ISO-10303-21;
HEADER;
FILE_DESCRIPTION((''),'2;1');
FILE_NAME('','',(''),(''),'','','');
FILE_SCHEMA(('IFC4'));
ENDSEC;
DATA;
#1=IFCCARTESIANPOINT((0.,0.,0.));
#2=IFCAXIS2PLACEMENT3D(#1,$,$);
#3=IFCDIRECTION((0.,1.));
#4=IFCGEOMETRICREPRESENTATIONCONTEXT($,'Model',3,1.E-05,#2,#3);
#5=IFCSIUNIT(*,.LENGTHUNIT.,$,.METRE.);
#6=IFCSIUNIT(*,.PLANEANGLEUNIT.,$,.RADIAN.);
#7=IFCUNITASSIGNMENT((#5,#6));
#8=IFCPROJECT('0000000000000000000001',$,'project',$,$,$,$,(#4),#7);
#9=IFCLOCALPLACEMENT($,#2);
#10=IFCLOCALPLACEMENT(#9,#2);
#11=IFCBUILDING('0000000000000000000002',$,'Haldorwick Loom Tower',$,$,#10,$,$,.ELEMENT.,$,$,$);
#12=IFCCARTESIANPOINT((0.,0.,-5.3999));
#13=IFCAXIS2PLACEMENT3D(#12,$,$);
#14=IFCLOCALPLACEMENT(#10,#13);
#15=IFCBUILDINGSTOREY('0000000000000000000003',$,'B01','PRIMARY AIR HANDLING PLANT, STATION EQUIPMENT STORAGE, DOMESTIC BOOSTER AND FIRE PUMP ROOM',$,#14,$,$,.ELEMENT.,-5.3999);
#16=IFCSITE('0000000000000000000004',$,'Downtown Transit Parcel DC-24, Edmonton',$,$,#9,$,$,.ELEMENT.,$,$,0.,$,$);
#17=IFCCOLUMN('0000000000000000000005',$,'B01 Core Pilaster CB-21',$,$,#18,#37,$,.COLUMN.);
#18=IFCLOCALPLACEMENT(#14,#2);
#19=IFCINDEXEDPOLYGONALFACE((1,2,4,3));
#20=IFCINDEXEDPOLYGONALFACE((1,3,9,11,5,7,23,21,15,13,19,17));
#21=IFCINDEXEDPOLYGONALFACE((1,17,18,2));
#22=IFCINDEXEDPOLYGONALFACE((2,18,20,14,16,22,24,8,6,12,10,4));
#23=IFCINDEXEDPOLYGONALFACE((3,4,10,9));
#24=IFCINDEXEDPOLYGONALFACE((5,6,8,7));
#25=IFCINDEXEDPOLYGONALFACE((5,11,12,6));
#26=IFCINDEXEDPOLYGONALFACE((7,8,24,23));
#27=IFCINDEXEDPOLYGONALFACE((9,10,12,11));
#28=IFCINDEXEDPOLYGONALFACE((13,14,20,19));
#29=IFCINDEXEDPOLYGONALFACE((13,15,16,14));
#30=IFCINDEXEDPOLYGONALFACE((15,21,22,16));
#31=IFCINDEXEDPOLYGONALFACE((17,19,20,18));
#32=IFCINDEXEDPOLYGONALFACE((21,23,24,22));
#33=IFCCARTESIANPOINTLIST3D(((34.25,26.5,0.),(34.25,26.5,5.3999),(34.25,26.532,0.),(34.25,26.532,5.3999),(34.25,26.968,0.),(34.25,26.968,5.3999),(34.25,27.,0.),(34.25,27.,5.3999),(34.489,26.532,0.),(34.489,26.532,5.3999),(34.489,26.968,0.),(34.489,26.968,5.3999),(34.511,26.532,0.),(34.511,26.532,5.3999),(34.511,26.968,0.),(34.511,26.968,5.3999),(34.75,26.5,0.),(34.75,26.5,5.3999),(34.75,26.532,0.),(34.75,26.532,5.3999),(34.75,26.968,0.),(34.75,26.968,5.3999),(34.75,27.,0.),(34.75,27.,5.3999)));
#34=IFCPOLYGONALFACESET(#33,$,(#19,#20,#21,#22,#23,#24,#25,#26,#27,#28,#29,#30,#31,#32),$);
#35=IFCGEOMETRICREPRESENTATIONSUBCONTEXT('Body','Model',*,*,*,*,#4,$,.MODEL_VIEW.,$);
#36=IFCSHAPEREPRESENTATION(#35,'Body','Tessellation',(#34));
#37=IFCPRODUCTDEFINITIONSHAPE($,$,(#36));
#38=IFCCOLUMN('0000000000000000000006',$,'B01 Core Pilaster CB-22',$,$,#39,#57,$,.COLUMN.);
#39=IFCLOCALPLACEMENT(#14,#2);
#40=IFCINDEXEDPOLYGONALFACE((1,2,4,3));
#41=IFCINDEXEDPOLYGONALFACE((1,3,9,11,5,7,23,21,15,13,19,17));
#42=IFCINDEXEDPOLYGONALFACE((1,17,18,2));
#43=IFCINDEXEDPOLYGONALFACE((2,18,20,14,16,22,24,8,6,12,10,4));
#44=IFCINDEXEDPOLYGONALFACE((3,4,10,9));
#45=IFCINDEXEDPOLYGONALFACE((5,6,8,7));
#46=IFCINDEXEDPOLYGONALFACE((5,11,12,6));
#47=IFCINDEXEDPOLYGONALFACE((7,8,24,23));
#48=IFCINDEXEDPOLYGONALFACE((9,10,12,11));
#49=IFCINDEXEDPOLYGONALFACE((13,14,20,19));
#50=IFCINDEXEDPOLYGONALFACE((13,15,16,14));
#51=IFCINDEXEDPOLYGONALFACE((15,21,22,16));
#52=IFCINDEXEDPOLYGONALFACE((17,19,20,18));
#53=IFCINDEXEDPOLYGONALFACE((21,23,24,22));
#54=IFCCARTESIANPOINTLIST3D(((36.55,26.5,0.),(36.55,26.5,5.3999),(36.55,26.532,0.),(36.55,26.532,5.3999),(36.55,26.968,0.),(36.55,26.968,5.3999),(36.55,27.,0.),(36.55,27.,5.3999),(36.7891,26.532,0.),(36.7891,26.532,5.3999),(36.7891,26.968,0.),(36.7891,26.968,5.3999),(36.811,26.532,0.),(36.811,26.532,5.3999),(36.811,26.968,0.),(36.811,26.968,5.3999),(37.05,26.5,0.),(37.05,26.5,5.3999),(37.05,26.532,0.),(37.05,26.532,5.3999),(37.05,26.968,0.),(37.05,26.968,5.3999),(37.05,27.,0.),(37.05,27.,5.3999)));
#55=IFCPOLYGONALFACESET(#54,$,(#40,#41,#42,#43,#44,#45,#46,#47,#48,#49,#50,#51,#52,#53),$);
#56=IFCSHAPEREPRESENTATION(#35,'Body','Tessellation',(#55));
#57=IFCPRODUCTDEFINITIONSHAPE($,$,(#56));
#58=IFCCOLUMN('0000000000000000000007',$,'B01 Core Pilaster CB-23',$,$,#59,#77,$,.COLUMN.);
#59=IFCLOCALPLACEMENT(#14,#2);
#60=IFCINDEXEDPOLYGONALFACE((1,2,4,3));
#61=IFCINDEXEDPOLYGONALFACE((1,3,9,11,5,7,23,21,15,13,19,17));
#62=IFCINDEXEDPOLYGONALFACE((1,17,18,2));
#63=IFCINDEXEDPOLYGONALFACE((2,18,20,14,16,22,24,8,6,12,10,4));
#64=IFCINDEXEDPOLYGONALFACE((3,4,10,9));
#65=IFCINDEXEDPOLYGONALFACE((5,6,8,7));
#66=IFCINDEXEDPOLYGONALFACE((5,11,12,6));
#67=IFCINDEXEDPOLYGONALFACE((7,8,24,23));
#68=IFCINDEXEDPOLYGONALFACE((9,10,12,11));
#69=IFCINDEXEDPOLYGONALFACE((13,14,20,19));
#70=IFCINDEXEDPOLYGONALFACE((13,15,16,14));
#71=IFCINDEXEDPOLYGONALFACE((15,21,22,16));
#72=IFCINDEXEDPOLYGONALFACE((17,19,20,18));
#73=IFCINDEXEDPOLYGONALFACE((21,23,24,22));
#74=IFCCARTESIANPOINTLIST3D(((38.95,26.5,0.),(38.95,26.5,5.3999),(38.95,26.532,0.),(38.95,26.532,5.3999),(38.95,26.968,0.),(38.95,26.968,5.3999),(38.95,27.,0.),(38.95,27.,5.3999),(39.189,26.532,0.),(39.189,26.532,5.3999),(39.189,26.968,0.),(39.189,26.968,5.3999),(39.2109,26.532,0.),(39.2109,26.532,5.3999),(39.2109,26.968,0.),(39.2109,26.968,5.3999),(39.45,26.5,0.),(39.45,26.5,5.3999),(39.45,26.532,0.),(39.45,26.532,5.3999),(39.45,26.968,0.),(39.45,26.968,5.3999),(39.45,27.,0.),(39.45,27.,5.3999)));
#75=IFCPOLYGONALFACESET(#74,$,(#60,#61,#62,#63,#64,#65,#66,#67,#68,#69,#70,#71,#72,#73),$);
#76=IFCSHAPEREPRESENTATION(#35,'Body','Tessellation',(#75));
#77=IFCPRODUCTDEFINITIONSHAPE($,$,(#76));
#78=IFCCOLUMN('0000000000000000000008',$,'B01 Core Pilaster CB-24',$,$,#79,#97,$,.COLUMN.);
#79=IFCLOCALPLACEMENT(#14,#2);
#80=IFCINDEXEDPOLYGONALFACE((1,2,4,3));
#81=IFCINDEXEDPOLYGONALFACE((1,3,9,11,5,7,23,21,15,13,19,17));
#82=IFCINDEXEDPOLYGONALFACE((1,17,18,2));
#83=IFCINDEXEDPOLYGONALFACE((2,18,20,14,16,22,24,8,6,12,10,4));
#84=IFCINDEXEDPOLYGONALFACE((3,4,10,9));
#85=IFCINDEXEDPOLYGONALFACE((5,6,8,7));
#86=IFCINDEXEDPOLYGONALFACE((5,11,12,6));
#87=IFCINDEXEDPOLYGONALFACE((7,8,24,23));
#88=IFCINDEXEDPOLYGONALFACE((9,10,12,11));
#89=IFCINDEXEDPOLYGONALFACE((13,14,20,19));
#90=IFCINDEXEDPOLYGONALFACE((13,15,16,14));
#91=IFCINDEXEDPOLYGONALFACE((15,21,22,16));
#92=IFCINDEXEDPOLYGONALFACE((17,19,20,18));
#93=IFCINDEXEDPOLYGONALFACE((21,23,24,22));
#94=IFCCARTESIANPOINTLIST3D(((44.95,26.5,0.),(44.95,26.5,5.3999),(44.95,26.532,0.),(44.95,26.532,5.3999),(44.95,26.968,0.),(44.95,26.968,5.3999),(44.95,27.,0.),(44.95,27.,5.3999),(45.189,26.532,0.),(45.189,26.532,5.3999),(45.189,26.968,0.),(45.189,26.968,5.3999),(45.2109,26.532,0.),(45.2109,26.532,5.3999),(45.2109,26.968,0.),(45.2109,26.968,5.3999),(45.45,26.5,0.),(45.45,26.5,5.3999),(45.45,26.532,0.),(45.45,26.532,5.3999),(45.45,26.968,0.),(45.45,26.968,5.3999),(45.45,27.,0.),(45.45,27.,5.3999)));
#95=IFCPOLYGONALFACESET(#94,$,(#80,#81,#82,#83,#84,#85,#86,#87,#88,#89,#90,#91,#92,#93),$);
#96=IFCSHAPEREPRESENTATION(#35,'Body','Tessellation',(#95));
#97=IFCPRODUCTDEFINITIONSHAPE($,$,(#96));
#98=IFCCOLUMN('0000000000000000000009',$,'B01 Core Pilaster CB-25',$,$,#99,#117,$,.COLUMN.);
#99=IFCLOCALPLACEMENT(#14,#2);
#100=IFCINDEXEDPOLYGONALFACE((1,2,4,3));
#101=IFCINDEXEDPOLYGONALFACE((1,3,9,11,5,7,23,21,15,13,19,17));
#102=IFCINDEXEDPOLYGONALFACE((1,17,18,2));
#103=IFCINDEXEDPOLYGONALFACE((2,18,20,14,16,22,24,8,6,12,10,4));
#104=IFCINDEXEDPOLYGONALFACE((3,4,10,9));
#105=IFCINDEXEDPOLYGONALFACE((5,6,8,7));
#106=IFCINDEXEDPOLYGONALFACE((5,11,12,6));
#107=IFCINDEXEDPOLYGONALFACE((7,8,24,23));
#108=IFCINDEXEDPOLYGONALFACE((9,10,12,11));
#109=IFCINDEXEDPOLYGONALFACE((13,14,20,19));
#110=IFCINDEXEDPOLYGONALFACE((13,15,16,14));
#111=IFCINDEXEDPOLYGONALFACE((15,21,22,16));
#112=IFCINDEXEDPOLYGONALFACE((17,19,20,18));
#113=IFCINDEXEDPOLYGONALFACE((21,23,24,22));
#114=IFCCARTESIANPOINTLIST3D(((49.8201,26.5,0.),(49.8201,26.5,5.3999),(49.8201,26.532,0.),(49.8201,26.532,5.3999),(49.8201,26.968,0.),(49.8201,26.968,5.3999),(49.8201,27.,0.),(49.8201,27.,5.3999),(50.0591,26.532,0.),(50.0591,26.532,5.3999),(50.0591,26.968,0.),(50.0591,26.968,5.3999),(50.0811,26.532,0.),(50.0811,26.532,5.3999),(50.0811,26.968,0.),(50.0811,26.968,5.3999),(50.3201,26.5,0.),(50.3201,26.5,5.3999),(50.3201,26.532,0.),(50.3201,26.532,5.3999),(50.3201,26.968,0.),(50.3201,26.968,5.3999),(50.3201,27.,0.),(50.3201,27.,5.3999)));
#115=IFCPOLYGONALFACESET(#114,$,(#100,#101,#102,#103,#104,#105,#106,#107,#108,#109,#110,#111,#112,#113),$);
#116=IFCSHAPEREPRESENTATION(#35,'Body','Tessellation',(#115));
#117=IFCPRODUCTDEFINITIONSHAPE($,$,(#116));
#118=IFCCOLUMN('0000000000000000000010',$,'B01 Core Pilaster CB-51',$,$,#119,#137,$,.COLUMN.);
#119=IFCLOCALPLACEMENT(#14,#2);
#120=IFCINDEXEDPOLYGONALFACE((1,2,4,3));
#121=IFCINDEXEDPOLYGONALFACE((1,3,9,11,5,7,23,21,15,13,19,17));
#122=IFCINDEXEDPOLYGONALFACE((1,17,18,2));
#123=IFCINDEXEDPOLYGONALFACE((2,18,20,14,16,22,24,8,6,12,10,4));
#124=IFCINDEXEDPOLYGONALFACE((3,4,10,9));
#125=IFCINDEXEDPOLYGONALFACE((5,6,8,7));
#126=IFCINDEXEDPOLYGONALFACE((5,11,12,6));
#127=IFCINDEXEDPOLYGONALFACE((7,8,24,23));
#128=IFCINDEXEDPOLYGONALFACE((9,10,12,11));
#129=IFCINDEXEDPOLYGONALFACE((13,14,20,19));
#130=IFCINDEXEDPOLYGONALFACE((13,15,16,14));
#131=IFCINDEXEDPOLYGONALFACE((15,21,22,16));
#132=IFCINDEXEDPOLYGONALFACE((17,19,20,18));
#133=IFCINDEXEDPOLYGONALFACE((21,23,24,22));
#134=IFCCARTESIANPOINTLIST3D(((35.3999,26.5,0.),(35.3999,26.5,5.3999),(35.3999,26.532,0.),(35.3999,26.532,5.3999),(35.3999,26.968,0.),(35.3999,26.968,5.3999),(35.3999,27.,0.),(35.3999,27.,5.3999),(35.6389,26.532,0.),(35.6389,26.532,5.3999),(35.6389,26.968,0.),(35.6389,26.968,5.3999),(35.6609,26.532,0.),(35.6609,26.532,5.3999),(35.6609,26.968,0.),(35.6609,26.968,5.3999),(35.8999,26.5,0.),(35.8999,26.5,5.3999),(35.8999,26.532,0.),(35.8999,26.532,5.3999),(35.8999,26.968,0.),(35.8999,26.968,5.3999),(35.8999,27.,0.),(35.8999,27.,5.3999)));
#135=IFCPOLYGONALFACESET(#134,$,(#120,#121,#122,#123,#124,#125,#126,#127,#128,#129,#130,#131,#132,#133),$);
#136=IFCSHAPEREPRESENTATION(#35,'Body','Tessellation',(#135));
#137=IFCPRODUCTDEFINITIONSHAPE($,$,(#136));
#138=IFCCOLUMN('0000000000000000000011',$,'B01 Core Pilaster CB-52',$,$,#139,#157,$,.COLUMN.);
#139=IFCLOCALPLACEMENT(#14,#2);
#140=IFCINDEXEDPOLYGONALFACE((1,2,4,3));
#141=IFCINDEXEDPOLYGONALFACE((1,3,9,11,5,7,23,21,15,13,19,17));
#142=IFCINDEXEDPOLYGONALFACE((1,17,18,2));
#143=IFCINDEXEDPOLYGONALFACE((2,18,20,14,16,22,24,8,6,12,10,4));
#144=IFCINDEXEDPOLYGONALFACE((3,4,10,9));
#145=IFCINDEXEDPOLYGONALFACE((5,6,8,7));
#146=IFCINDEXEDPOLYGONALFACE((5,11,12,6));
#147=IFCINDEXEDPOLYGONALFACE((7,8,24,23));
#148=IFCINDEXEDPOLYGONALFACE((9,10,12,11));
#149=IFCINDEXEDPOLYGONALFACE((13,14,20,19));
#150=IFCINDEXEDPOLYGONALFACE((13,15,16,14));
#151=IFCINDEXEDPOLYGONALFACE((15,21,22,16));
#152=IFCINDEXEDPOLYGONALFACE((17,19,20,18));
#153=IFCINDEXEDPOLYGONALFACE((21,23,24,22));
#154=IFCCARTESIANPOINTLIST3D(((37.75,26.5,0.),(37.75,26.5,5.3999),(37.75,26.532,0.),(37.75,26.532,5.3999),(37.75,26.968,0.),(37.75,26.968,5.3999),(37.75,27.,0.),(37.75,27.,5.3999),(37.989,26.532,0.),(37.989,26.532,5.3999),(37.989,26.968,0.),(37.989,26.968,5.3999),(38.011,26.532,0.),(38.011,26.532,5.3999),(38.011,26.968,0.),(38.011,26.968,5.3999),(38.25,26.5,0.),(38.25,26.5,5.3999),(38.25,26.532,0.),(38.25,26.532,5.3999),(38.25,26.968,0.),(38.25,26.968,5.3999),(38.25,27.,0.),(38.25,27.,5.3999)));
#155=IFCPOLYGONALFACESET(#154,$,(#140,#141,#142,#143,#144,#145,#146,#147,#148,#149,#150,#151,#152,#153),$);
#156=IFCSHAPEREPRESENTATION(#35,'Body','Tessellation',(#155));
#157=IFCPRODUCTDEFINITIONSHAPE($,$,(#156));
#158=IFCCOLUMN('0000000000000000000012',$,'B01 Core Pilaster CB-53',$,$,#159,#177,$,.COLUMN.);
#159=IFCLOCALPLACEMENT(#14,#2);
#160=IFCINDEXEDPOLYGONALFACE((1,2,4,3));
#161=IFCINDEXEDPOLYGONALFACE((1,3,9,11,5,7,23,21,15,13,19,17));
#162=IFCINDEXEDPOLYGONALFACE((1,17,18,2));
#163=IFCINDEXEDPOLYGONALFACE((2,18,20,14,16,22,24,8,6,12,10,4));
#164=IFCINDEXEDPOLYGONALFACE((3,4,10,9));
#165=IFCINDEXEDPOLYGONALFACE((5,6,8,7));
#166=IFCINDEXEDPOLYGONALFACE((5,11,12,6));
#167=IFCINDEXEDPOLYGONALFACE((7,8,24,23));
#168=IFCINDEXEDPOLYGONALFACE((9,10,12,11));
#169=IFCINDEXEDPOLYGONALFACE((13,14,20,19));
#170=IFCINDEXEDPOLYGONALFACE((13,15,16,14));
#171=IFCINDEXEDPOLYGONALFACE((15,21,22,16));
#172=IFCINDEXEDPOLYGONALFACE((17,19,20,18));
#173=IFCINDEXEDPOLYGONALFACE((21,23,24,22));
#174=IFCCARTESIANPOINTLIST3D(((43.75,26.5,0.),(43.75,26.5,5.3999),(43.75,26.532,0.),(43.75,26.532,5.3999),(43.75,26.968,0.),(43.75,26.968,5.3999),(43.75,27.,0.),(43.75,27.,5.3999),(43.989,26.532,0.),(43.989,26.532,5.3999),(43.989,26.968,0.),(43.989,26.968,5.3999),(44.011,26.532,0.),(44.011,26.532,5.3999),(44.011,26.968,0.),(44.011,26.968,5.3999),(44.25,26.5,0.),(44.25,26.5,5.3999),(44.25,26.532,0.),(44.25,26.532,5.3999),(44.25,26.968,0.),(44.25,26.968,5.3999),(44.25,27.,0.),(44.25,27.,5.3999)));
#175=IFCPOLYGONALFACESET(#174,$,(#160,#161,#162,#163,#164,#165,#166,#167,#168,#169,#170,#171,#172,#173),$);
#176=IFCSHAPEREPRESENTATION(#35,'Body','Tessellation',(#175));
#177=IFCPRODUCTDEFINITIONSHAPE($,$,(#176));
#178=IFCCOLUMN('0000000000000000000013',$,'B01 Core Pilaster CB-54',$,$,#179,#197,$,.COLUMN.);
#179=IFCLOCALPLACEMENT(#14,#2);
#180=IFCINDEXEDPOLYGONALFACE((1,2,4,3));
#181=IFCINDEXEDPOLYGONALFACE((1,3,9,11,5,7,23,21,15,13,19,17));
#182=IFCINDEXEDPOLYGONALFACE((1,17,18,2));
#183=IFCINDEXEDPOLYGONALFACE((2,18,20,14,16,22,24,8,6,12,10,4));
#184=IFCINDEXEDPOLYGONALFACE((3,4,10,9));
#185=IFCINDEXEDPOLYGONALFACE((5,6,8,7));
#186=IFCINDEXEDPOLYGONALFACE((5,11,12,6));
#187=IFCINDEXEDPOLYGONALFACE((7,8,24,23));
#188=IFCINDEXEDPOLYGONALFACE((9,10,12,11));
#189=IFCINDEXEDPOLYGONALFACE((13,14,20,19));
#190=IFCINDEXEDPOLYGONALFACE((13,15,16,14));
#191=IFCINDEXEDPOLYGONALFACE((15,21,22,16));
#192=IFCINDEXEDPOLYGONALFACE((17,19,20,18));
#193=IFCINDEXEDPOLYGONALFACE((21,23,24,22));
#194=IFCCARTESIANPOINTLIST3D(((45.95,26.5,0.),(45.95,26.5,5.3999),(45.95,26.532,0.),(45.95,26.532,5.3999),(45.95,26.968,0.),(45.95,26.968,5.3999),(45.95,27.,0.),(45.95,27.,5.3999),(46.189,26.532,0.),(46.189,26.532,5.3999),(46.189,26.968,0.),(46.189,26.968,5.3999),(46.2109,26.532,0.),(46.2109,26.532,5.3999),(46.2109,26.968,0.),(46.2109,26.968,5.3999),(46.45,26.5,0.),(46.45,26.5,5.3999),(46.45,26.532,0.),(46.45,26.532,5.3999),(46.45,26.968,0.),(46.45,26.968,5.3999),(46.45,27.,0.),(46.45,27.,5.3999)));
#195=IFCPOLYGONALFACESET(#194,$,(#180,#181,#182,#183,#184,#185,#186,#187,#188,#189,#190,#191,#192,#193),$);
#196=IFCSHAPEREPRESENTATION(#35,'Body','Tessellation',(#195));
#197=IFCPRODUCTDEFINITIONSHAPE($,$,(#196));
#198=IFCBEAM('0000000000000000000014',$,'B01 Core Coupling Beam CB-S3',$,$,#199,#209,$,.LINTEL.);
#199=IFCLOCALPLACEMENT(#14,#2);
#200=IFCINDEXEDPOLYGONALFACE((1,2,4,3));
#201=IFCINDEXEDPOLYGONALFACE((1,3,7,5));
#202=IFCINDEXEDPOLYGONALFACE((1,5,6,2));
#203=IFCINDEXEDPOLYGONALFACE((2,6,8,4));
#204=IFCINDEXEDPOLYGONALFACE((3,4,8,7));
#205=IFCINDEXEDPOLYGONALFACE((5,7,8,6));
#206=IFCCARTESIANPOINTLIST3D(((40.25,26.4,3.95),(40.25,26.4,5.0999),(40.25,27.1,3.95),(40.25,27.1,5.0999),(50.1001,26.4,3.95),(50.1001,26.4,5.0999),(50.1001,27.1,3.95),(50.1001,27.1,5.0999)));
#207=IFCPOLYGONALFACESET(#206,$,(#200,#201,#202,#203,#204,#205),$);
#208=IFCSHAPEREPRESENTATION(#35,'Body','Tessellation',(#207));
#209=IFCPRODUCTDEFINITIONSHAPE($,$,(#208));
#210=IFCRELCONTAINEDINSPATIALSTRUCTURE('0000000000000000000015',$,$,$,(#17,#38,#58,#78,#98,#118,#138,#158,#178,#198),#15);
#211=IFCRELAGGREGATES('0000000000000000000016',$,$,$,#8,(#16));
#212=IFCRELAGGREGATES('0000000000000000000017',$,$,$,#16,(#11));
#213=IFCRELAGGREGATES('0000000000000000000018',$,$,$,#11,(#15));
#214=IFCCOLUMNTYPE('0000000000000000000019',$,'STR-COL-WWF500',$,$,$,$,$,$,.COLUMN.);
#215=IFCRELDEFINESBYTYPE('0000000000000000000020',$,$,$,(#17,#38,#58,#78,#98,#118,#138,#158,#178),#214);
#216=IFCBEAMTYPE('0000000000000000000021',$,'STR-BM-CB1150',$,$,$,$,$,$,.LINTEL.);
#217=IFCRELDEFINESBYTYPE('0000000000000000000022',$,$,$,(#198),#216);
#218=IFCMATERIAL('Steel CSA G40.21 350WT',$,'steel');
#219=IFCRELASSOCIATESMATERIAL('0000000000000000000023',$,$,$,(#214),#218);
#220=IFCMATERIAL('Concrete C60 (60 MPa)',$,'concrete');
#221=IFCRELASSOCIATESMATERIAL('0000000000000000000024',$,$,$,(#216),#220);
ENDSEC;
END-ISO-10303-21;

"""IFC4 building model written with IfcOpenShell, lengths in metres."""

from ifc_helpers import new_model, si_unit, direction, frame, origin, origin_2d, place, context, subcontext, project, spatial, rectangle, i_section, extrude, material, material_profile, profile_set, type_object, element, save


model = new_model("IFC4")

# Units and contexts
model_context = context("Model", 3, precision=1e-05, world=origin(), true_north=direction((0.0, 1.0)))
body_context = subcontext(model_context, "Body", "Model", "MODEL_VIEW")
ifc_project = project(units=[si_unit("LENGTHUNIT", "METRE"), si_unit("PLANEANGLEUNIT", "RADIAN")], contexts=[model_context])

# Site, building, storey
site_placement = place(None, origin())
site = spatial("IfcSite", under=ifc_project, at=site_placement, Name="Downtown Transit Parcel DC-24, Edmonton", CompositionType="ELEMENT", RefElevation=0.0)
building_placement = place(site_placement, origin())
building = spatial("IfcBuilding", under=site, at=building_placement, Name="Haldorwick Loom Tower", CompositionType="ELEMENT")
storey_placement = place(building_placement, frame((0.0, 0.0, -5.3999)))
storey = spatial("IfcBuildingStorey", under=building, at=storey_placement, Name="B01", Description="PRIMARY AIR HANDLING PLANT, STATION EQUIPMENT STORAGE, DOMESTIC BOOSTER AND FIRE PUMP ROOM", CompositionType="ELEMENT", Elevation=-5.3999)

# Columns
ifc_material_1 = material(Name="Concrete C60 (60 MPa)", Category="concrete")
ifc_material_2 = material(Name="Steel CSA G40.21 350WT", Category="steel")
ifc_material_profile_1 = material_profile(ifc_material_2, i_section(OverallWidth=0.5, OverallDepth=0.5, WebThickness=0.022, FlangeThickness=0.032, at=origin_2d()), Name="WWF500X500", Category="steel")
ifc_profile_set_1 = profile_set([ifc_material_profile_1], Name="Steel CSA G40.21 350WT")
column_type_1 = type_object("IfcColumnType", Name="STR-COL-WWF500", PredefinedType="COLUMN", material=ifc_profile_set_1)
for number, where, z_axis, x_axis, name in (
    (1, (34.5, 26.75, 0.0), (0.0, 0.0, 1.0), (1.0, 0.0, 0.0), "B01 Core Pilaster CB-21"),
    (2, (36.8, 26.75, 0.0), (0.0, 0.0, 1.0), (1.0, 0.0, 0.0), "B01 Core Pilaster CB-22"),
    (3, (39.2, 26.75, 0.0), (0.0, 0.0, 1.0), (1.0, 0.0, 0.0), "B01 Core Pilaster CB-23"),
    (4, (45.2, 26.75, 0.0), (0.0, 0.0, 1.0), (1.0, 0.0, 0.0), "B01 Core Pilaster CB-24"),
    (5, (50.0701, 26.75, 0.0), (0.0, 0.0, 1.0), (1.0, 0.0, 0.0), "B01 Core Pilaster CB-25"),
    (6, (35.6499, 26.75, 0.0), (0.0, 0.0, 1.0), (1.0, 0.0, 0.0), "B01 Core Pilaster CB-51"),
    (7, (38.0, 26.75, 0.0), (0.0, 0.0, 1.0), (1.0, 0.0, 0.0), "B01 Core Pilaster CB-52"),
    (8, (44.0, 26.75, 0.0), (0.0, 0.0, 1.0), (1.0, 0.0, 0.0), "B01 Core Pilaster CB-53"),
    (9, (46.2, 26.75, 0.0), (0.0, 0.0, 1.0), (1.0, 0.0, 0.0), "B01 Core Pilaster CB-54"),
):
    element("IfcColumn", number, at=place(storey_placement, frame(where, z_axis=z_axis, x_axis=x_axis)), inside=storey, type_object=column_type_1, Name=name, PredefinedType="COLUMN", context=body_context, shape_type="SweptSolid", body=[
        extrude(i_section(OverallWidth=0.5, OverallDepth=0.5, WebThickness=0.022, FlangeThickness=0.032, at=origin_2d()), origin(), (0.0, 0.0, 1.0), 5.3999),
    ])

# Beam
ifc_material_profile_2 = material_profile(ifc_material_1, rectangle(XDim=0.7, YDim=1.1499, at=origin_2d()), Name="RC700X1150", Category="concrete")
ifc_profile_set_2 = profile_set([ifc_material_profile_2], Name="Concrete C60 (60 MPa)")
beam_type_1 = type_object("IfcBeamType", Name="STR-BM-CB1150", PredefinedType="LINTEL", material=ifc_profile_set_2)
beam_1_placement = place(storey_placement, frame((40.25, 26.75, 4.5249), z_axis=(1.0, 0.0, 0.0), x_axis=(0.0, 1.0, 0.0)))
element("IfcBeam", 10, at=beam_1_placement, inside=storey, type_object=beam_type_1, Name="B01 Core Coupling Beam CB-S3", PredefinedType="LINTEL", context=body_context, shape_type="SweptSolid", body=[
    extrude(rectangle(XDim=0.7, YDim=1.1499, at=origin_2d()), origin(), (0.0, 0.0, 1.0), 9.8501),
])

save(model, "model.ifc")
